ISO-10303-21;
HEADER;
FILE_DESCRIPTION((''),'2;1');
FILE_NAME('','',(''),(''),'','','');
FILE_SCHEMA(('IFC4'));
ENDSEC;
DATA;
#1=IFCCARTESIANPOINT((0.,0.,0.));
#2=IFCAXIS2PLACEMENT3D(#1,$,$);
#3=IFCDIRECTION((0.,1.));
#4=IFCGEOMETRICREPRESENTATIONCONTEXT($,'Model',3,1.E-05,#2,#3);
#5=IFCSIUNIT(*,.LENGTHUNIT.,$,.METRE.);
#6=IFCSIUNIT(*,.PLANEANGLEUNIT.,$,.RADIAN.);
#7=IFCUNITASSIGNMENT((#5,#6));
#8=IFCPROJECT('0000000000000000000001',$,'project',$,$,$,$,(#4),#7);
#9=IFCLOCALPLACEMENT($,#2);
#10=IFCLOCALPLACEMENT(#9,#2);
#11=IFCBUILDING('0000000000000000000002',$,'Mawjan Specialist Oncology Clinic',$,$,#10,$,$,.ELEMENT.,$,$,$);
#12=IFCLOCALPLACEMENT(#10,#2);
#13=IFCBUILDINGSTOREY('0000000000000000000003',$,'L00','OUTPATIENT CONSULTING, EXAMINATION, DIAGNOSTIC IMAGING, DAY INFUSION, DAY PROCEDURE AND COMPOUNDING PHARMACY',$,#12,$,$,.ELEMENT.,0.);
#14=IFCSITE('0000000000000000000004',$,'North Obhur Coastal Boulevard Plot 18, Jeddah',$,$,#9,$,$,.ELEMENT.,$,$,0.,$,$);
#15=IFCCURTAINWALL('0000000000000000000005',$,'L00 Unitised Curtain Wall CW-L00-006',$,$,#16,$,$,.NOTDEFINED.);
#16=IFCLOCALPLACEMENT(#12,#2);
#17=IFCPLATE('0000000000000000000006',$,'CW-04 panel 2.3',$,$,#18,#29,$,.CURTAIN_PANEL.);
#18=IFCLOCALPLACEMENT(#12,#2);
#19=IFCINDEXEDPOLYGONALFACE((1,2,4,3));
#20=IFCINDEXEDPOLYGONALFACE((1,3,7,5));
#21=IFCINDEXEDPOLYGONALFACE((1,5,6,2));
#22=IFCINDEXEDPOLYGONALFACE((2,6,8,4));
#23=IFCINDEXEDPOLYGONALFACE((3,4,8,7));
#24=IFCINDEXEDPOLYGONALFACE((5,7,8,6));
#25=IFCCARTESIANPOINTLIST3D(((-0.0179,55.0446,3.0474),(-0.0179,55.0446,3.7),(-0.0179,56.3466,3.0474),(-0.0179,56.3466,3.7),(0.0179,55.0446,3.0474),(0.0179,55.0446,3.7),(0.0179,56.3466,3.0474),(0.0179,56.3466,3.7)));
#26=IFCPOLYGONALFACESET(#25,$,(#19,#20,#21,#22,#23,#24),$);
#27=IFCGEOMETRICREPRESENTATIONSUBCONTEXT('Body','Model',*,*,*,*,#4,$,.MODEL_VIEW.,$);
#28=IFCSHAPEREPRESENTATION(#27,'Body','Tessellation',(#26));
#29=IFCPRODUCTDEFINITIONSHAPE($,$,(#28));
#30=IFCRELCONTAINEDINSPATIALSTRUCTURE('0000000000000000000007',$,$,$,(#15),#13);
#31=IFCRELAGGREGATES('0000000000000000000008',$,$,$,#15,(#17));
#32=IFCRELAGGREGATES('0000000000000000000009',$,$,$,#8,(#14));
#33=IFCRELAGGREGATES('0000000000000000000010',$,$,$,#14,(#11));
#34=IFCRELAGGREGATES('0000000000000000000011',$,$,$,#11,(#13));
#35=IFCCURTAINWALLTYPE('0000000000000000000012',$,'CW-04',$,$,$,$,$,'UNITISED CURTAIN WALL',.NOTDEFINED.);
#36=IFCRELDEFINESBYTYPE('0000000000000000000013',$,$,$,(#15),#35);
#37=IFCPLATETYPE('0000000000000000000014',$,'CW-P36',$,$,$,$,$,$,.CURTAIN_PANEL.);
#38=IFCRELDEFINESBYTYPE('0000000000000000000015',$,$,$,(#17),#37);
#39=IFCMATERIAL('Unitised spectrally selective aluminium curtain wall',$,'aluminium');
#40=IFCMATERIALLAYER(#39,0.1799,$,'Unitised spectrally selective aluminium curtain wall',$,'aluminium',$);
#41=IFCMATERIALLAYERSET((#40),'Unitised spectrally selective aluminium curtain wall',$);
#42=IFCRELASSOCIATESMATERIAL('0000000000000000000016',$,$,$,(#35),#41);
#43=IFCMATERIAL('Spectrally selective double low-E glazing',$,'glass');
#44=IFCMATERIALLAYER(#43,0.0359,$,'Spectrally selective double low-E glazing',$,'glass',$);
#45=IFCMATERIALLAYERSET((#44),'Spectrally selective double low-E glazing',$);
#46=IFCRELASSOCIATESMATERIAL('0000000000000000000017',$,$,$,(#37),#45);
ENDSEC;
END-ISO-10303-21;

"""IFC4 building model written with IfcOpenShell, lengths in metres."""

from ifc_helpers import new_model, si_unit, direction, frame, origin, origin_2d, place, context, subcontext, project, spatial, rectangle, extrude, material, layer, layer_set, type_object, element, aggregate, save


model = new_model("IFC4")

# Units and contexts
model_context = context("Model", 3, precision=1e-05, world=origin(), true_north=direction((0.0, 1.0)))
body_context = subcontext(model_context, "Body", "Model", "MODEL_VIEW")
ifc_project = project(units=[si_unit("LENGTHUNIT", "METRE"), si_unit("PLANEANGLEUNIT", "RADIAN")], contexts=[model_context])

# Site, building, storey
site_placement = place(None, origin())
site = spatial("IfcSite", under=ifc_project, at=site_placement, Name="North Obhur Coastal Boulevard Plot 18, Jeddah", CompositionType="ELEMENT", RefElevation=0.0)
building_placement = place(site_placement, origin())
building = spatial("IfcBuilding", under=site, at=building_placement, Name="Mawjan Specialist Oncology Clinic", CompositionType="ELEMENT")
storey_placement = place(building_placement, origin())
storey = spatial("IfcBuildingStorey", under=building, at=storey_placement, Name="L00", Description="OUTPATIENT CONSULTING, EXAMINATION, DIAGNOSTIC IMAGING, DAY INFUSION, DAY PROCEDURE AND COMPOUNDING PHARMACY", CompositionType="ELEMENT", Elevation=0.0)

# Curtain wall, plate
ifc_material_1 = material(Name="Unitised spectrally selective aluminium curtain wall", Category="aluminium")
ifc_layer_1 = layer(ifc_material_1, 0.1799, Name="Unitised spectrally selective aluminium curtain wall", Category="aluminium")
ifc_layer_set_1 = layer_set([ifc_layer_1], Name="Unitised spectrally selective aluminium curtain wall")
curtain_wall_type = type_object("IfcCurtainWallType", Name="CW-04", ElementType="UNITISED CURTAIN WALL", PredefinedType="NOTDEFINED", material=ifc_layer_set_1)
curtain_wall_placement = place(storey_placement, origin())
curtain_wall = element("IfcCurtainWall", 1, at=curtain_wall_placement, inside=storey, type_object=curtain_wall_type, Name="L00 Unitised Curtain Wall CW-L00-006", PredefinedType="NOTDEFINED")
ifc_material_2 = material(Name="Spectrally selective double low-E glazing", Category="glass")
ifc_layer_2 = layer(ifc_material_2, 0.0359, Name="Spectrally selective double low-E glazing", Category="glass")
ifc_layer_set_2 = layer_set([ifc_layer_2], Name="Spectrally selective double low-E glazing")
plate_type = type_object("IfcPlateType", Name="CW-P36", PredefinedType="CURTAIN_PANEL", material=ifc_layer_set_2)
plate_1_placement = place(storey_placement, frame((0.0, 55.6956, 3.0474), z_axis=(0.0, 0.0, 1.0), x_axis=(0.0, 1.0, 0.0)))
plate_1 = element("IfcPlate", 2, at=plate_1_placement, type_object=plate_type, Name="CW-04 panel 2.3", PredefinedType="CURTAIN_PANEL", context=body_context, shape_type="SweptSolid", body=[
    extrude(rectangle(XDim=1.302, YDim=0.0359, at=origin_2d()), origin(), (0.0, 0.0, 1.0), 0.6526),
])
aggregate(curtain_wall, [plate_1])

save(model, "model.ifc")
